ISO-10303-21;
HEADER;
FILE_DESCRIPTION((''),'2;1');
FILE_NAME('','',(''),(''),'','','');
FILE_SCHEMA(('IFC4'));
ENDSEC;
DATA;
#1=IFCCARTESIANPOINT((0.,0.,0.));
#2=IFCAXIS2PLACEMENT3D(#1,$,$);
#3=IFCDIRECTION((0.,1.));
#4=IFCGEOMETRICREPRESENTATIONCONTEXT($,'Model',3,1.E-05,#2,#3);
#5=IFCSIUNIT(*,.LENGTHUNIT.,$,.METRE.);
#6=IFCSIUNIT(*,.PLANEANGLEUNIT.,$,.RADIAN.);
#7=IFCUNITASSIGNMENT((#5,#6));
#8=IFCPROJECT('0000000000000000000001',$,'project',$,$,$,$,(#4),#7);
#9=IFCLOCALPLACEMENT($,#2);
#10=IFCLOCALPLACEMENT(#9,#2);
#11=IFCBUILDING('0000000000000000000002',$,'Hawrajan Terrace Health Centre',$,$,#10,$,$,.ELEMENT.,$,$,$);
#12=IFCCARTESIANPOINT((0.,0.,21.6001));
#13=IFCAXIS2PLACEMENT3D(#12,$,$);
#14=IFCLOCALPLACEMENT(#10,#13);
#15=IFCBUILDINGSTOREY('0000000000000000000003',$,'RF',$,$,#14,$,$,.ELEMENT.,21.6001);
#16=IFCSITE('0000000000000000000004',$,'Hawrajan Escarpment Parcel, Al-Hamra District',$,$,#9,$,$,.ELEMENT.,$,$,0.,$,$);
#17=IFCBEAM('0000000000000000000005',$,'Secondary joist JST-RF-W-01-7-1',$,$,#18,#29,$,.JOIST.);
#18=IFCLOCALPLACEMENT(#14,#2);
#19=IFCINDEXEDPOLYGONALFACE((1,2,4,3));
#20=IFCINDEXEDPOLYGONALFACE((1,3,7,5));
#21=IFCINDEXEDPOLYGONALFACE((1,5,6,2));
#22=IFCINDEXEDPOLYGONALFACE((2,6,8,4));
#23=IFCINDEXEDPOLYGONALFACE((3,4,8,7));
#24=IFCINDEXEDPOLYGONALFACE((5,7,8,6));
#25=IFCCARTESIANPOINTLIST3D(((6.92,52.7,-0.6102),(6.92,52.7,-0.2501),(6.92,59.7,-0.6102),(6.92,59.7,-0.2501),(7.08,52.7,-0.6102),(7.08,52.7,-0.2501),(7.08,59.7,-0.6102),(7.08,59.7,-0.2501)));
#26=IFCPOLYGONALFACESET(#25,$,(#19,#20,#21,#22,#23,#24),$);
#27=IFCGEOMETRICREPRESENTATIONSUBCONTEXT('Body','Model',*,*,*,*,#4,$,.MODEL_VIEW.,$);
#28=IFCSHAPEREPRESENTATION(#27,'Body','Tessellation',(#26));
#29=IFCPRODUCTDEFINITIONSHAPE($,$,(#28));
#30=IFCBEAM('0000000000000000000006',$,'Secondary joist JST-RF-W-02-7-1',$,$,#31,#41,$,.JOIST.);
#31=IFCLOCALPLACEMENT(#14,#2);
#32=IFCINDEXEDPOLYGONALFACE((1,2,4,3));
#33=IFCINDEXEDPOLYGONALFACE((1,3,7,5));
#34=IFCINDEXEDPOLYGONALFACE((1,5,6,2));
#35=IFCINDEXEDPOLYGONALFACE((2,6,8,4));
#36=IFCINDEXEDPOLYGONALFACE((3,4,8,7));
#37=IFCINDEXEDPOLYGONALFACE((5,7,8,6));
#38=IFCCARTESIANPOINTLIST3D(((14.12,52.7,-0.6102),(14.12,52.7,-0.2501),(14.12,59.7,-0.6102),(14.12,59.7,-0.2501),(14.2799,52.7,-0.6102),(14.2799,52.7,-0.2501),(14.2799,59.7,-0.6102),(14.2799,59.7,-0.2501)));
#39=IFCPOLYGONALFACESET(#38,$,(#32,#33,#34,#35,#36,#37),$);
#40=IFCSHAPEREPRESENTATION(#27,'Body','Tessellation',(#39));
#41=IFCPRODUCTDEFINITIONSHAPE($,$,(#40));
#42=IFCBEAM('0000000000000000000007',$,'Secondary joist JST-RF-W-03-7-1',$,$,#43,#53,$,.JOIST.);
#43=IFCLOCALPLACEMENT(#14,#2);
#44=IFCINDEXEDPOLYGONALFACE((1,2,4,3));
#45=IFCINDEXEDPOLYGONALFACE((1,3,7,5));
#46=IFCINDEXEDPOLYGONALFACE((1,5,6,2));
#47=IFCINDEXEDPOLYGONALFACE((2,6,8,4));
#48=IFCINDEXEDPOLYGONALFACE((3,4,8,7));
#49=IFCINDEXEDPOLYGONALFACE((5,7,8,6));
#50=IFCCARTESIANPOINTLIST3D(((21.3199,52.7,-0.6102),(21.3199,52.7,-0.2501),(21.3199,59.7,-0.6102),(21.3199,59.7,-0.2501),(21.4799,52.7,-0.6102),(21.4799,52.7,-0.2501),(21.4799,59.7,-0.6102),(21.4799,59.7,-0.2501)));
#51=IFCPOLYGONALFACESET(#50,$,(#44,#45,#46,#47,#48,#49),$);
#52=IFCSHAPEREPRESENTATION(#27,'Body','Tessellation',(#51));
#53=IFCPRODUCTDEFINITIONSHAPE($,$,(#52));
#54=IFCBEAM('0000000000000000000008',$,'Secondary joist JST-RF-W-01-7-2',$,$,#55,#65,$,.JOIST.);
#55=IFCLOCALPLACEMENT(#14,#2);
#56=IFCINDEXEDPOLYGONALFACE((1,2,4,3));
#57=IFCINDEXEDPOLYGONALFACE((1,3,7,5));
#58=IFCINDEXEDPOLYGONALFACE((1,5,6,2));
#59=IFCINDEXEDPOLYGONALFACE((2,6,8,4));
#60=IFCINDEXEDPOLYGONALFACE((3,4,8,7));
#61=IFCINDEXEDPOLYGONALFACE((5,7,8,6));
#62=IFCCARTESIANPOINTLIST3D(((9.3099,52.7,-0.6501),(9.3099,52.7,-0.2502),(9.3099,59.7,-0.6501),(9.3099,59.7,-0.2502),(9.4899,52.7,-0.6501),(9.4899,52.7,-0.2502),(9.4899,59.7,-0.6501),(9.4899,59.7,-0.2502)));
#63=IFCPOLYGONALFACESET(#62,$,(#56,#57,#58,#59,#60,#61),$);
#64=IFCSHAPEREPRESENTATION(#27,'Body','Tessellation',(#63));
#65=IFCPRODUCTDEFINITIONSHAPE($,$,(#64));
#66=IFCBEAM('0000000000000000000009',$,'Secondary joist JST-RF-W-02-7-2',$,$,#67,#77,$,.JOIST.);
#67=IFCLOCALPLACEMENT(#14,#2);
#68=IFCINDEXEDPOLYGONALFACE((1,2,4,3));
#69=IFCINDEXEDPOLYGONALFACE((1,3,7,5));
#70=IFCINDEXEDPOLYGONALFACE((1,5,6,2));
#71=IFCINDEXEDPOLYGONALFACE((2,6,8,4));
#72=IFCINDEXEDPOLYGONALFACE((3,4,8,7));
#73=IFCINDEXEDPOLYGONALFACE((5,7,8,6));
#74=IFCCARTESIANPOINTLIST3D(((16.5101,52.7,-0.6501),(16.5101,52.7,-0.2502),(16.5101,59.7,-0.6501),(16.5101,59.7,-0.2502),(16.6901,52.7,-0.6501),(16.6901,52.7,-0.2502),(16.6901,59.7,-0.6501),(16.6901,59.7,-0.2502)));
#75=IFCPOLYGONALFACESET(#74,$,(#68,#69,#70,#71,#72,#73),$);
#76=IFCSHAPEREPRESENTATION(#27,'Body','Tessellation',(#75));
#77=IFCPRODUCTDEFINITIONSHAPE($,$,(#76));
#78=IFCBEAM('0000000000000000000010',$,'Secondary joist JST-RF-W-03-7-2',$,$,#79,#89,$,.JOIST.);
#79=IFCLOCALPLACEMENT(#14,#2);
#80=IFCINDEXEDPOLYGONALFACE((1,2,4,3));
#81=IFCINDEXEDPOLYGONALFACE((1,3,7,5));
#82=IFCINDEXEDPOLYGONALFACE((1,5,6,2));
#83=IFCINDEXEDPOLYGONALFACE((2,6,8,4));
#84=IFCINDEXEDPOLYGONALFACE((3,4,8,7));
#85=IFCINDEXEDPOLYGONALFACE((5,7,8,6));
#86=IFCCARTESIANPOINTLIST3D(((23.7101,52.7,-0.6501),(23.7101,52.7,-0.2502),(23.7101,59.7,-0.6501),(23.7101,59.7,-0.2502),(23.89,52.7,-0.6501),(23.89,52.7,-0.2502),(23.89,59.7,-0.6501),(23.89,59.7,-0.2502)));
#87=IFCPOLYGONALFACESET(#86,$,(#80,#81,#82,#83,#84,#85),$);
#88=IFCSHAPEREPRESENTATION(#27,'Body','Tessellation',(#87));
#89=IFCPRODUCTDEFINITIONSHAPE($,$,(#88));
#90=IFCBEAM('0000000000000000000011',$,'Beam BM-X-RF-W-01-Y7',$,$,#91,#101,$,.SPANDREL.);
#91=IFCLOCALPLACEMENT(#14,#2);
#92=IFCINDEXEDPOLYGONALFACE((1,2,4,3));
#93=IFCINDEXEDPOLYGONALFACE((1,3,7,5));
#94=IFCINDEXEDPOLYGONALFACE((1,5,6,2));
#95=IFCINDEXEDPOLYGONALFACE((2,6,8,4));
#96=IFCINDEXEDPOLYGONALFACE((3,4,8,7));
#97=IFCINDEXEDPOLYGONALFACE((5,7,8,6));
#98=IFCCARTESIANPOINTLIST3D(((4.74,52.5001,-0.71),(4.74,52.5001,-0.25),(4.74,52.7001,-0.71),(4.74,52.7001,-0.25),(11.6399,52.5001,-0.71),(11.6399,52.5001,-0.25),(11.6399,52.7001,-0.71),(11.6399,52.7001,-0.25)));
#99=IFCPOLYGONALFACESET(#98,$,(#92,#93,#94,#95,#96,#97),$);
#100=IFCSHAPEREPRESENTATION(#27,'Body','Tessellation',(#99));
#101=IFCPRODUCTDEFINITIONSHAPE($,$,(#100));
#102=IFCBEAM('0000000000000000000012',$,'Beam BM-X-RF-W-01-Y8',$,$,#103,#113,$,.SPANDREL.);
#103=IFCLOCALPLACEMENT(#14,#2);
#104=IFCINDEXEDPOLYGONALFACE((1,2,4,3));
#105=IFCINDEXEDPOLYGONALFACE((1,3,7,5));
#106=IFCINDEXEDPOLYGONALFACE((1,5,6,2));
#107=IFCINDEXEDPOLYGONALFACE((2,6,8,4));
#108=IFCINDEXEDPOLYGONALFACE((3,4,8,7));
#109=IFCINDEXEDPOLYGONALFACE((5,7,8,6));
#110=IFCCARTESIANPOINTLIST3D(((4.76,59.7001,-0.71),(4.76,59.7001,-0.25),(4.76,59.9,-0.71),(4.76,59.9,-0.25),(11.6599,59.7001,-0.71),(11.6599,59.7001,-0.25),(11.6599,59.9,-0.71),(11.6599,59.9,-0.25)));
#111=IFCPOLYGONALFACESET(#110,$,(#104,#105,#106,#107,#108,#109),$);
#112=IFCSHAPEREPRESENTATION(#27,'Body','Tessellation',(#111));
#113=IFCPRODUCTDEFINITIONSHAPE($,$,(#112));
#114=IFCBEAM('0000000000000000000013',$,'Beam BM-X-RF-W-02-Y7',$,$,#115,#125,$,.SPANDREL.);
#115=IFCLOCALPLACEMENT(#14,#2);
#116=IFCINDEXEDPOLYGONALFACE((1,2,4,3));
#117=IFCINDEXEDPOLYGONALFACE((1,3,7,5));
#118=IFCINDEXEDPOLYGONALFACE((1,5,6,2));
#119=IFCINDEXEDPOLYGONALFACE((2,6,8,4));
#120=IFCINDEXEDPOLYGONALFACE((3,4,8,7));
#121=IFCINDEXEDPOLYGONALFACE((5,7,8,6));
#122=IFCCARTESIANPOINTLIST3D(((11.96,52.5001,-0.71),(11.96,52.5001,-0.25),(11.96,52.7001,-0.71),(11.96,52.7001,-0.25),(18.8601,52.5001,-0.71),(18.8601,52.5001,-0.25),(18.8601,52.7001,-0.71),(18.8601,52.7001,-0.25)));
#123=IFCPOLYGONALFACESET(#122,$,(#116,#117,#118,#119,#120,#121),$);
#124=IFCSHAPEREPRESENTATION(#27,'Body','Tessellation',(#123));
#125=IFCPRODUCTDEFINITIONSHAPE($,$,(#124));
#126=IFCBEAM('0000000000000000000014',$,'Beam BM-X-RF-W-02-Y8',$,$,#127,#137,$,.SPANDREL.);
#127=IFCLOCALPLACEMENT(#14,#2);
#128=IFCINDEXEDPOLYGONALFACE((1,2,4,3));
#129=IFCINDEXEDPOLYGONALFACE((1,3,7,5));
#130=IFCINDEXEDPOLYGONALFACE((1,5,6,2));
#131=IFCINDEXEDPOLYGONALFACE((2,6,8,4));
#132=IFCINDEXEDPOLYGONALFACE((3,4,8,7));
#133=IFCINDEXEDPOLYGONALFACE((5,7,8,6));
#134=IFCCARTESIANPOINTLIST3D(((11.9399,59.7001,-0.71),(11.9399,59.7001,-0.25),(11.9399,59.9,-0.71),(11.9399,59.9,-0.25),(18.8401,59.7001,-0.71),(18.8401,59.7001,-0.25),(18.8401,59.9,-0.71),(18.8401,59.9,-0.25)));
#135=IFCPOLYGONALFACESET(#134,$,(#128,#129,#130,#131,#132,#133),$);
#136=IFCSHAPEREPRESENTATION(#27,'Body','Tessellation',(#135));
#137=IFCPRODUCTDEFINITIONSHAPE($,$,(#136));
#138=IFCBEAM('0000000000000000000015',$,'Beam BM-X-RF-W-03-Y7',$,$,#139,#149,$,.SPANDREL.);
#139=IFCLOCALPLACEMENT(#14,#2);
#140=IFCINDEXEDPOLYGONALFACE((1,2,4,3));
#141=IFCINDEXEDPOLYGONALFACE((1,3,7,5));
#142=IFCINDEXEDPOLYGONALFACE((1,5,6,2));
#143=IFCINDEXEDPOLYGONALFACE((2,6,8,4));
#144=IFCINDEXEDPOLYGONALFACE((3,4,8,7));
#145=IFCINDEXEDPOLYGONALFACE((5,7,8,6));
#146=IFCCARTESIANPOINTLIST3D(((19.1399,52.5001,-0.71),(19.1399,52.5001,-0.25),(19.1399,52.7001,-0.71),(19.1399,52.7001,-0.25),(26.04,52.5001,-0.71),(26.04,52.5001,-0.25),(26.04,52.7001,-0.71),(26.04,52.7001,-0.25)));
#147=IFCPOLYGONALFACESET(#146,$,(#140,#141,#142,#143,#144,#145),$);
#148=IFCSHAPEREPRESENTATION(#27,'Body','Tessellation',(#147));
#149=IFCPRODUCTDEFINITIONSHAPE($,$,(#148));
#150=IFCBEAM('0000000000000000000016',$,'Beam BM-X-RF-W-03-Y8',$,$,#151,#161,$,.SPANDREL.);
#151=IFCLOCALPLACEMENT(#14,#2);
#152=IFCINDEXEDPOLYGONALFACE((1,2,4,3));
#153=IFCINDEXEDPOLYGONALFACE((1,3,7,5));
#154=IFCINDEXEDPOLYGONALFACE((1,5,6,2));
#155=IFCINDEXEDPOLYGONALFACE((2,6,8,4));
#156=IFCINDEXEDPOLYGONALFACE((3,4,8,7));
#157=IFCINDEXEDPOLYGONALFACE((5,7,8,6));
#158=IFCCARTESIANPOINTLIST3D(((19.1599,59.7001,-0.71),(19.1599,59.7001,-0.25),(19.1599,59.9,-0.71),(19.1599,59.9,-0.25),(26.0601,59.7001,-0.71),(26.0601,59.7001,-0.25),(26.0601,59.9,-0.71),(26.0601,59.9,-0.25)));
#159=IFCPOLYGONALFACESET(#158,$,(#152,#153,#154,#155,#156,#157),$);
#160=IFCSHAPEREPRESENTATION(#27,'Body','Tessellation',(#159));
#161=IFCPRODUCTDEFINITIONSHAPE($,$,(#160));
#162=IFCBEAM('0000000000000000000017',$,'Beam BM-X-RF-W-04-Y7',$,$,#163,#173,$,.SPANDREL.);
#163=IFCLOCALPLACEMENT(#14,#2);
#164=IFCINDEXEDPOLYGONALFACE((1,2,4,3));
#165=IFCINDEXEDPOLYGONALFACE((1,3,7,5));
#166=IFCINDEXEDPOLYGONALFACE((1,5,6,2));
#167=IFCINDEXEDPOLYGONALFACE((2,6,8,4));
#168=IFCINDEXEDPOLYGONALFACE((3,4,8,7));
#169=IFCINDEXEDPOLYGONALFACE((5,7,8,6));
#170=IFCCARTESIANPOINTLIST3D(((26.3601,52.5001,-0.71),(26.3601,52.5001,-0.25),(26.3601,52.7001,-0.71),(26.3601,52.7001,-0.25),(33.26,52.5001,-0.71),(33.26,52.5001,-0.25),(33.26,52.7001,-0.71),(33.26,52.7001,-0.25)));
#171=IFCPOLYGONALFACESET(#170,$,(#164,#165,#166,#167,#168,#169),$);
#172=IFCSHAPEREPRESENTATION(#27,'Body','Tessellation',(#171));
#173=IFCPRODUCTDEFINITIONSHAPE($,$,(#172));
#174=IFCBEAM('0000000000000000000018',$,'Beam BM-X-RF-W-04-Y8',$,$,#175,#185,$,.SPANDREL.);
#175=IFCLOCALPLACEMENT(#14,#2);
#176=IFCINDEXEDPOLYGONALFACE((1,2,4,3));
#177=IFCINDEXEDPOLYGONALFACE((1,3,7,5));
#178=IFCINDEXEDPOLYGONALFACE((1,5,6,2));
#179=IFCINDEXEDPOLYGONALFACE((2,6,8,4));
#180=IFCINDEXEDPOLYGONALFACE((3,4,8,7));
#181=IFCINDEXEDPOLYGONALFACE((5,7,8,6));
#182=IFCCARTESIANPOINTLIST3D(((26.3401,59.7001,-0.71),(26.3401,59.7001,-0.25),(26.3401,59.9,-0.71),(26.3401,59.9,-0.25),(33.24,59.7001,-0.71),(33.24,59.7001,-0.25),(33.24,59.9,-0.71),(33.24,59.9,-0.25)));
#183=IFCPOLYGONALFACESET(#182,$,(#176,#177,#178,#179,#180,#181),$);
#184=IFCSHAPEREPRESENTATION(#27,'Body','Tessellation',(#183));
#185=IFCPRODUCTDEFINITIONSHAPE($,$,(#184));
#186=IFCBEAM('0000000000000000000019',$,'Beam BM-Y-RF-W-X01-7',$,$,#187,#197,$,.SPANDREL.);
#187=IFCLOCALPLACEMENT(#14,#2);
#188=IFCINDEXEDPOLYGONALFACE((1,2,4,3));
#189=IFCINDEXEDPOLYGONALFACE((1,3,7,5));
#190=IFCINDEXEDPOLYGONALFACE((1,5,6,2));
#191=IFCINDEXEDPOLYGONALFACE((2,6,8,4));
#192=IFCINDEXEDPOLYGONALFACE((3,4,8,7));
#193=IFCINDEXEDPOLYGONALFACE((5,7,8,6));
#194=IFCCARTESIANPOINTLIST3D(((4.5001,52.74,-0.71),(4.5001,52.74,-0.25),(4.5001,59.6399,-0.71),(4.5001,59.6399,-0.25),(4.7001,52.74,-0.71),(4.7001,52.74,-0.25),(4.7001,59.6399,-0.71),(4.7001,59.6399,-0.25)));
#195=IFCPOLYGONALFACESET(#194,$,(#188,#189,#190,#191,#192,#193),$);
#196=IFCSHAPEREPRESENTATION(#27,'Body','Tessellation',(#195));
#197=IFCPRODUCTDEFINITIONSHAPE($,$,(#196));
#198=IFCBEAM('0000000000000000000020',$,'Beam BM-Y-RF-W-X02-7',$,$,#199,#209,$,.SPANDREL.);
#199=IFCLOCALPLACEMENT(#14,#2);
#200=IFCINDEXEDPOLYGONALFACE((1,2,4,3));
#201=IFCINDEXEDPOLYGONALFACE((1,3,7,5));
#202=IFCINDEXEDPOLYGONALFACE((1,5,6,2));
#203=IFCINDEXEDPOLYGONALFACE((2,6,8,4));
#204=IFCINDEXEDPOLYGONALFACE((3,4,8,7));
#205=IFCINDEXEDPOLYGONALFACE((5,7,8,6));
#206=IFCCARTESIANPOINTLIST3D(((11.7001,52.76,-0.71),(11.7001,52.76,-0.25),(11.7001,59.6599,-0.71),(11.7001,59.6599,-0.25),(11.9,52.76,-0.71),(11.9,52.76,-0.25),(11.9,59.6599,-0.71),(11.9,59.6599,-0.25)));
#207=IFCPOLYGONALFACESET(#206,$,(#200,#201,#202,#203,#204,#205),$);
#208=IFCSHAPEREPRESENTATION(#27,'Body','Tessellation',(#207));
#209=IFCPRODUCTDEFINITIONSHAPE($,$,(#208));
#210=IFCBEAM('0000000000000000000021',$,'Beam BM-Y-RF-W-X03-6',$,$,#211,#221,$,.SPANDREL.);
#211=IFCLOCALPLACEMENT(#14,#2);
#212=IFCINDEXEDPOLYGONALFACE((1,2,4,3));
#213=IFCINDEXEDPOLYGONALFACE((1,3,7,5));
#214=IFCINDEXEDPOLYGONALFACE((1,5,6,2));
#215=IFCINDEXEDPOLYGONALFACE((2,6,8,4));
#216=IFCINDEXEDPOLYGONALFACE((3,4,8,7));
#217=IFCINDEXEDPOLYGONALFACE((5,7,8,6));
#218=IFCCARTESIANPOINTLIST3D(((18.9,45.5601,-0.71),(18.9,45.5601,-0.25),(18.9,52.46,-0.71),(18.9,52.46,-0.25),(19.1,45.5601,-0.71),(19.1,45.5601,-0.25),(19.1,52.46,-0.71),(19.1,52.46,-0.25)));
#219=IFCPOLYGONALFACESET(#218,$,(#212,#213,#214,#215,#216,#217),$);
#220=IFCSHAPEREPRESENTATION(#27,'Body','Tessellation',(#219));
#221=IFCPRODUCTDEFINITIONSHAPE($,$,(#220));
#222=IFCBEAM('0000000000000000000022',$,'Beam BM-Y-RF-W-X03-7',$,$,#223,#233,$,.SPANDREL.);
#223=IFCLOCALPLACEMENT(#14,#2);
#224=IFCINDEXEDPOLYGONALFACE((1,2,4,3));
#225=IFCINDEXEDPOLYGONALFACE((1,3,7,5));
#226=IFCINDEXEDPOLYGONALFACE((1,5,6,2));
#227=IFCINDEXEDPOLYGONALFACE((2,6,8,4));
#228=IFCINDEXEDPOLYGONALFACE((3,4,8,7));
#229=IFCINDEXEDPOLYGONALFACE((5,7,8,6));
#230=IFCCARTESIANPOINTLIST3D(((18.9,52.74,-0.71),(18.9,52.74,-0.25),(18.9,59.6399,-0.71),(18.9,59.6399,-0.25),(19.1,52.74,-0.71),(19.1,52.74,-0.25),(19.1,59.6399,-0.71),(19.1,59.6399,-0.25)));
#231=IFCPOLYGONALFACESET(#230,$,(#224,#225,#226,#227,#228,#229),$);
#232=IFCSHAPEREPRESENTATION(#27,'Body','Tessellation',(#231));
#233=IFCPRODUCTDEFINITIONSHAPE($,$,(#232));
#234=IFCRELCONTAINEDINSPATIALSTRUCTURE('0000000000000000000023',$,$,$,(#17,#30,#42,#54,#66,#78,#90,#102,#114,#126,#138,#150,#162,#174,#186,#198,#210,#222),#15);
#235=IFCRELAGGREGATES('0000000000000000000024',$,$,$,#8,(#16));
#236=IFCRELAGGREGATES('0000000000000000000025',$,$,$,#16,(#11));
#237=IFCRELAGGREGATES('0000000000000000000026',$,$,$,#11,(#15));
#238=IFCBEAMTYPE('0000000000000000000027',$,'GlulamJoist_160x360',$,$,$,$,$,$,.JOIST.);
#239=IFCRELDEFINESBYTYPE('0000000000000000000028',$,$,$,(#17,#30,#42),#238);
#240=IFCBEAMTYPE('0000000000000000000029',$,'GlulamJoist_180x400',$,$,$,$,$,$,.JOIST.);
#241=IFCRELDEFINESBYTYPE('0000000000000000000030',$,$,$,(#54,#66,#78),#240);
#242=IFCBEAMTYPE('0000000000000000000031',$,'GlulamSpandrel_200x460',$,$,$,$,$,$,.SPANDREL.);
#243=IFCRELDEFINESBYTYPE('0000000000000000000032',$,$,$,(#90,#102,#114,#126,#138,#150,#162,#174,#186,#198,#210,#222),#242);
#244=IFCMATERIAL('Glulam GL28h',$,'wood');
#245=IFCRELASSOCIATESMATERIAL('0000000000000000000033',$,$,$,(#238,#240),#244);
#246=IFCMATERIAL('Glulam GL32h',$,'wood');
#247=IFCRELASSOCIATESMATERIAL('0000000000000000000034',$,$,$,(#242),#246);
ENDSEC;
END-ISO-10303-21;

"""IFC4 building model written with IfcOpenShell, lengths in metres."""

from ifc_helpers import new_model, si_unit, direction, frame, origin, origin_2d, place, context, subcontext, project, spatial, rectangle, extrude, material, material_profile, profile_set, type_object, element, save


model = new_model("IFC4")

# Units and contexts
model_context = context("Model", 3, precision=1e-05, world=origin(), true_north=direction((0.0, 1.0)))
body_context = subcontext(model_context, "Body", "Model", "MODEL_VIEW")
ifc_project = project(units=[si_unit("LENGTHUNIT", "METRE"), si_unit("PLANEANGLEUNIT", "RADIAN")], contexts=[model_context])

# Site, building, storey
site_placement = place(None, origin())
site = spatial("IfcSite", under=ifc_project, at=site_placement, Name="Hawrajan Escarpment Parcel, Al-Hamra District", CompositionType="ELEMENT", RefElevation=0.0)
building_placement = place(site_placement, origin())
building = spatial("IfcBuilding", under=site, at=building_placement, Name="Hawrajan Terrace Health Centre", CompositionType="ELEMENT")
storey_placement = place(building_placement, frame((0.0, 0.0, 21.6001)))
storey = spatial("IfcBuildingStorey", under=building, at=storey_placement, Name="RF", CompositionType="ELEMENT", Elevation=21.6001)

# Beams
ifc_material_1 = material(Name="Glulam GL28h", Category="wood")
ifc_material_profile_1 = material_profile(ifc_material_1, rectangle(XDim=0.1599, YDim=0.3601, at=origin_2d()), Name="GL JST 160x360")
ifc_profile_set_1 = profile_set([ifc_material_profile_1], Name="Glulam GL28h")
beam_type_1 = type_object("IfcBeamType", Name="GlulamJoist_160x360", PredefinedType="JOIST", material=ifc_profile_set_1)
for number, where, z_axis, x_axis, name in (
    (1, (7.0, 52.7, -0.4302), (0.0, 1.0, 0.0), (-1.0, 0.0, 0.0), "Secondary joist JST-RF-W-01-7-1"),
    (2, (14.2, 52.7, -0.4302), (0.0, 1.0, 0.0), (-1.0, 0.0, 0.0), "Secondary joist JST-RF-W-02-7-1"),
    (3, (21.3999, 52.7, -0.4302), (0.0, 1.0, 0.0), (-1.0, 0.0, 0.0), "Secondary joist JST-RF-W-03-7-1"),
):
    element("IfcBeam", number, at=place(storey_placement, frame(where, z_axis=z_axis, x_axis=x_axis)), inside=storey, type_object=beam_type_1, Name=name, PredefinedType="JOIST", context=body_context, shape_type="SweptSolid", body=[
        extrude(rectangle(XDim=0.1599, YDim=0.3601, at=origin_2d()), origin(), (0.0, 0.0, 1.0), 7.0),
    ])
ifc_material_profile_2 = material_profile(ifc_material_1, rectangle(XDim=0.1799, YDim=0.3999, at=origin_2d()), Name="GL JST 180x400")
ifc_profile_set_2 = profile_set([ifc_material_profile_2], Name="Glulam GL28h")
beam_type_2 = type_object("IfcBeamType", Name="GlulamJoist_180x400", PredefinedType="JOIST", material=ifc_profile_set_2)
for number, where, z_axis, x_axis, name in (
    (4, (9.3999, 52.7, -0.4502), (0.0, 1.0, 0.0), (-1.0, 0.0, 0.0), "Secondary joist JST-RF-W-01-7-2"),
    (5, (16.6001, 52.7, -0.4502), (0.0, 1.0, 0.0), (-1.0, 0.0, 0.0), "Secondary joist JST-RF-W-02-7-2"),
    (6, (23.8, 52.7, -0.4502), (0.0, 1.0, 0.0), (-1.0, 0.0, 0.0), "Secondary joist JST-RF-W-03-7-2"),
):
    element("IfcBeam", number, at=place(storey_placement, frame(where, z_axis=z_axis, x_axis=x_axis)), inside=storey, type_object=beam_type_2, Name=name, PredefinedType="JOIST", context=body_context, shape_type="SweptSolid", body=[
        extrude(rectangle(XDim=0.1799, YDim=0.3999, at=origin_2d()), origin(), (0.0, 0.0, 1.0), 7.0),
    ])
ifc_material_2 = material(Name="Glulam GL32h", Category="wood")
ifc_material_profile_3 = material_profile(ifc_material_2, rectangle(XDim=0.2, YDim=0.46, at=origin_2d()), Name="GL SP 200x460")
ifc_profile_set_3 = profile_set([ifc_material_profile_3], Name="Glulam GL32h")
beam_type_3 = type_object("IfcBeamType", Name="GlulamSpandrel_200x460", PredefinedType="SPANDREL", material=ifc_profile_set_3)
for number, where, z_axis, x_axis, name in (
    (7, (4.74, 52.6001, -0.48), (1.0, 0.0, 0.0), (0.0, 1.0, 0.0), "Beam BM-X-RF-W-01-Y7"),
    (8, (4.76, 59.8, -0.48), (1.0, 0.0, 0.0), (0.0, 1.0, 0.0), "Beam BM-X-RF-W-01-Y8"),
):
    element("IfcBeam", number, at=place(storey_placement, frame(where, z_axis=z_axis, x_axis=x_axis)), inside=storey, type_object=beam_type_3, Name=name, PredefinedType="SPANDREL", context=body_context, shape_type="SweptSolid", body=[
        extrude(rectangle(XDim=0.2, YDim=0.46, at=origin_2d()), origin(), (0.0, 0.0, 1.0), 6.8999),
    ])
for number, where, z_axis, x_axis, name in (
    (9, (11.96, 52.6001, -0.48), (1.0, 0.0, 0.0), (0.0, 1.0, 0.0), "Beam BM-X-RF-W-02-Y7"),
    (10, (11.9399, 59.8, -0.48), (1.0, 0.0, 0.0), (0.0, 1.0, 0.0), "Beam BM-X-RF-W-02-Y8"),
    (11, (19.1399, 52.6001, -0.48), (1.0, 0.0, 0.0), (0.0, 1.0, 0.0), "Beam BM-X-RF-W-03-Y7"),
    (12, (19.1599, 59.8, -0.48), (1.0, 0.0, 0.0), (0.0, 1.0, 0.0), "Beam BM-X-RF-W-03-Y8"),
):
    element("IfcBeam", number, at=place(storey_placement, frame(where, z_axis=z_axis, x_axis=x_axis)), inside=storey, type_object=beam_type_3, Name=name, PredefinedType="SPANDREL", context=body_context, shape_type="SweptSolid", body=[
        extrude(rectangle(XDim=0.2, YDim=0.46, at=origin_2d()), origin(), (0.0, 0.0, 1.0), 6.9001),
    ])
for number, where, z_axis, x_axis, name in (
    (13, (26.3601, 52.6001, -0.48), (1.0, 0.0, 0.0), (0.0, 1.0, 0.0), "Beam BM-X-RF-W-04-Y7"),
    (14, (26.3401, 59.8, -0.48), (1.0, 0.0, 0.0), (0.0, 1.0, 0.0), "Beam BM-X-RF-W-04-Y8"),
    (15, (4.6001, 52.74, -0.48), (0.0, 1.0, 0.0), (-1.0, 0.0, 0.0), "Beam BM-Y-RF-W-X01-7"),
    (16, (11.8, 52.76, -0.48), (0.0, 1.0, 0.0), (-1.0, 0.0, 0.0), "Beam BM-Y-RF-W-X02-7"),
    (17, (19.0, 45.5601, -0.48), (0.0, 1.0, 0.0), (-1.0, 0.0, 0.0), "Beam BM-Y-RF-W-X03-6"),
    (18, (19.0, 52.74, -0.48), (0.0, 1.0, 0.0), (-1.0, 0.0, 0.0), "Beam BM-Y-RF-W-X03-7"),
):
    element("IfcBeam", number, at=place(storey_placement, frame(where, z_axis=z_axis, x_axis=x_axis)), inside=storey, type_object=beam_type_3, Name=name, PredefinedType="SPANDREL", context=body_context, shape_type="SweptSolid", body=[
        extrude(rectangle(XDim=0.2, YDim=0.46, at=origin_2d()), origin(), (0.0, 0.0, 1.0), 6.8999),
    ])

save(model, "model.ifc")
